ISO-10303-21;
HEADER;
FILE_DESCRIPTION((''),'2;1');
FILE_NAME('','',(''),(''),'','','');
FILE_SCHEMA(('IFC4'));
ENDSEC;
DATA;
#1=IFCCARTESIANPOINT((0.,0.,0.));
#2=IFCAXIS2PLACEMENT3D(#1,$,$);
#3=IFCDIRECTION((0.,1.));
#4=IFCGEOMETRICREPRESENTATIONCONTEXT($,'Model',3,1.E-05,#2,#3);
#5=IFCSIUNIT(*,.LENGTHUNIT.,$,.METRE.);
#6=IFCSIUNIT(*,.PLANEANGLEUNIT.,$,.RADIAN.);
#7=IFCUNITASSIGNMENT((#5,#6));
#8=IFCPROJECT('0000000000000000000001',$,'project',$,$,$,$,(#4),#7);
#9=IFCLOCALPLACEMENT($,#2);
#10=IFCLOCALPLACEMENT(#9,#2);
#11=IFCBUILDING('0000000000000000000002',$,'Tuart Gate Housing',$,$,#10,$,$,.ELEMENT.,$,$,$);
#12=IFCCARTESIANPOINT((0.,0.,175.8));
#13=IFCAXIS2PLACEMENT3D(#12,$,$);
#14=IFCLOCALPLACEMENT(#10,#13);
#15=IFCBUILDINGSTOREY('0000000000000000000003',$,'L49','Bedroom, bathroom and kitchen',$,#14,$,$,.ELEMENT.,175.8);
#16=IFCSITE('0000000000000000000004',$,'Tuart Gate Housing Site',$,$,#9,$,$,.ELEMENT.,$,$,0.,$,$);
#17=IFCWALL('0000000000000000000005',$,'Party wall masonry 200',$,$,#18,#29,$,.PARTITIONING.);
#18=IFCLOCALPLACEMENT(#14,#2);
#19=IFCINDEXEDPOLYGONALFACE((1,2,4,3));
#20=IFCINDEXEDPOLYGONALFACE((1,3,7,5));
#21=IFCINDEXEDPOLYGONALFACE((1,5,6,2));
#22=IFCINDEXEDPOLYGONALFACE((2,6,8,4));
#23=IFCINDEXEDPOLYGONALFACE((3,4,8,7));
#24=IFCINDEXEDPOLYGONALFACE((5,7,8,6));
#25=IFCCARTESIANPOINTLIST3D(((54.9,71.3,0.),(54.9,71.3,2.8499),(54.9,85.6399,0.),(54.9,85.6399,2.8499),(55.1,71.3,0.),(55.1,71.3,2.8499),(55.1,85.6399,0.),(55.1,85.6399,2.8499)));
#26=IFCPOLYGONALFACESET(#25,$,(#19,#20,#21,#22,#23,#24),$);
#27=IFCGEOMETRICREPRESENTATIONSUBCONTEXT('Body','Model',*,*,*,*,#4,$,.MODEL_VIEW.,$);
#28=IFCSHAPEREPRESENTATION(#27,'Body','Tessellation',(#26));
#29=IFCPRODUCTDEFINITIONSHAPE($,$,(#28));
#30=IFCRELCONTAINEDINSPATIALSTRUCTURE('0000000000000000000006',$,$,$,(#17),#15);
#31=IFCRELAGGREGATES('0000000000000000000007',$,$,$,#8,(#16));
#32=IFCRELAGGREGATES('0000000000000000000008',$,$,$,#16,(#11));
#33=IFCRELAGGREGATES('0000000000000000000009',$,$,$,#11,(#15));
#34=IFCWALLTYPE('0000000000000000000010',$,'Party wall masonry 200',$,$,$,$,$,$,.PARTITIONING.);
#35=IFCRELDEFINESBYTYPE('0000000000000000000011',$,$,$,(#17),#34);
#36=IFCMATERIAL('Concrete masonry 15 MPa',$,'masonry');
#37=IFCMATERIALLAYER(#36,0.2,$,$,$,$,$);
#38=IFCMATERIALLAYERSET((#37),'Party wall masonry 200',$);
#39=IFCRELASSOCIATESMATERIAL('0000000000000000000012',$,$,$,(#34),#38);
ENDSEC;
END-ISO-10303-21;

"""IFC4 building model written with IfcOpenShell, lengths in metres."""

from ifc_helpers import new_model, si_unit, direction, frame, frame_2d, origin, place, context, subcontext, project, spatial, rectangle, extrude, material, layer, layer_set, type_object, element, save


model = new_model("IFC4")

# Units and contexts
model_context = context("Model", 3, precision=1e-05, world=origin(), true_north=direction((0.0, 1.0)))
body_context = subcontext(model_context, "Body", "Model", "MODEL_VIEW")
ifc_project = project(units=[si_unit("LENGTHUNIT", "METRE"), si_unit("PLANEANGLEUNIT", "RADIAN")], contexts=[model_context])

# Site, building, storey
site_placement = place(None, origin())
site = spatial("IfcSite", under=ifc_project, at=site_placement, Name="Tuart Gate Housing Site", CompositionType="ELEMENT", RefElevation=0.0)
building_placement = place(site_placement, origin())
building = spatial("IfcBuilding", under=site, at=building_placement, Name="Tuart Gate Housing", CompositionType="ELEMENT")
storey_placement = place(building_placement, frame((0.0, 0.0, 175.8)))
storey = spatial("IfcBuildingStorey", under=building, at=storey_placement, Name="L49", Description="Bedroom, bathroom and kitchen", CompositionType="ELEMENT", Elevation=175.8)

# Wall
ifc_material_1 = material(Name="Concrete masonry 15 MPa", Category="masonry")
ifc_layer_1 = layer(ifc_material_1, 0.2)
ifc_layer_set_1 = layer_set([ifc_layer_1], Name="Party wall masonry 200")
wall_type_1 = type_object("IfcWallType", Name="Party wall masonry 200", PredefinedType="PARTITIONING", material=ifc_layer_set_1)
wall_1_placement = place(storey_placement, frame((55.0, 71.3, 0.0), z_axis=(0.0, 0.0, 1.0), x_axis=(0.0, 1.0, 0.0)))
element("IfcWall", 1, at=wall_1_placement, inside=storey, type_object=wall_type_1, Name="Party wall masonry 200", PredefinedType="PARTITIONING", context=body_context, shape_type="SweptSolid", body=[
    extrude(rectangle(XDim=14.3398, YDim=0.2, at=frame_2d((7.1699, 0.0))), origin(), (0.0, 0.0, 1.0), 2.8499),
])

save(model, "model.ifc")
